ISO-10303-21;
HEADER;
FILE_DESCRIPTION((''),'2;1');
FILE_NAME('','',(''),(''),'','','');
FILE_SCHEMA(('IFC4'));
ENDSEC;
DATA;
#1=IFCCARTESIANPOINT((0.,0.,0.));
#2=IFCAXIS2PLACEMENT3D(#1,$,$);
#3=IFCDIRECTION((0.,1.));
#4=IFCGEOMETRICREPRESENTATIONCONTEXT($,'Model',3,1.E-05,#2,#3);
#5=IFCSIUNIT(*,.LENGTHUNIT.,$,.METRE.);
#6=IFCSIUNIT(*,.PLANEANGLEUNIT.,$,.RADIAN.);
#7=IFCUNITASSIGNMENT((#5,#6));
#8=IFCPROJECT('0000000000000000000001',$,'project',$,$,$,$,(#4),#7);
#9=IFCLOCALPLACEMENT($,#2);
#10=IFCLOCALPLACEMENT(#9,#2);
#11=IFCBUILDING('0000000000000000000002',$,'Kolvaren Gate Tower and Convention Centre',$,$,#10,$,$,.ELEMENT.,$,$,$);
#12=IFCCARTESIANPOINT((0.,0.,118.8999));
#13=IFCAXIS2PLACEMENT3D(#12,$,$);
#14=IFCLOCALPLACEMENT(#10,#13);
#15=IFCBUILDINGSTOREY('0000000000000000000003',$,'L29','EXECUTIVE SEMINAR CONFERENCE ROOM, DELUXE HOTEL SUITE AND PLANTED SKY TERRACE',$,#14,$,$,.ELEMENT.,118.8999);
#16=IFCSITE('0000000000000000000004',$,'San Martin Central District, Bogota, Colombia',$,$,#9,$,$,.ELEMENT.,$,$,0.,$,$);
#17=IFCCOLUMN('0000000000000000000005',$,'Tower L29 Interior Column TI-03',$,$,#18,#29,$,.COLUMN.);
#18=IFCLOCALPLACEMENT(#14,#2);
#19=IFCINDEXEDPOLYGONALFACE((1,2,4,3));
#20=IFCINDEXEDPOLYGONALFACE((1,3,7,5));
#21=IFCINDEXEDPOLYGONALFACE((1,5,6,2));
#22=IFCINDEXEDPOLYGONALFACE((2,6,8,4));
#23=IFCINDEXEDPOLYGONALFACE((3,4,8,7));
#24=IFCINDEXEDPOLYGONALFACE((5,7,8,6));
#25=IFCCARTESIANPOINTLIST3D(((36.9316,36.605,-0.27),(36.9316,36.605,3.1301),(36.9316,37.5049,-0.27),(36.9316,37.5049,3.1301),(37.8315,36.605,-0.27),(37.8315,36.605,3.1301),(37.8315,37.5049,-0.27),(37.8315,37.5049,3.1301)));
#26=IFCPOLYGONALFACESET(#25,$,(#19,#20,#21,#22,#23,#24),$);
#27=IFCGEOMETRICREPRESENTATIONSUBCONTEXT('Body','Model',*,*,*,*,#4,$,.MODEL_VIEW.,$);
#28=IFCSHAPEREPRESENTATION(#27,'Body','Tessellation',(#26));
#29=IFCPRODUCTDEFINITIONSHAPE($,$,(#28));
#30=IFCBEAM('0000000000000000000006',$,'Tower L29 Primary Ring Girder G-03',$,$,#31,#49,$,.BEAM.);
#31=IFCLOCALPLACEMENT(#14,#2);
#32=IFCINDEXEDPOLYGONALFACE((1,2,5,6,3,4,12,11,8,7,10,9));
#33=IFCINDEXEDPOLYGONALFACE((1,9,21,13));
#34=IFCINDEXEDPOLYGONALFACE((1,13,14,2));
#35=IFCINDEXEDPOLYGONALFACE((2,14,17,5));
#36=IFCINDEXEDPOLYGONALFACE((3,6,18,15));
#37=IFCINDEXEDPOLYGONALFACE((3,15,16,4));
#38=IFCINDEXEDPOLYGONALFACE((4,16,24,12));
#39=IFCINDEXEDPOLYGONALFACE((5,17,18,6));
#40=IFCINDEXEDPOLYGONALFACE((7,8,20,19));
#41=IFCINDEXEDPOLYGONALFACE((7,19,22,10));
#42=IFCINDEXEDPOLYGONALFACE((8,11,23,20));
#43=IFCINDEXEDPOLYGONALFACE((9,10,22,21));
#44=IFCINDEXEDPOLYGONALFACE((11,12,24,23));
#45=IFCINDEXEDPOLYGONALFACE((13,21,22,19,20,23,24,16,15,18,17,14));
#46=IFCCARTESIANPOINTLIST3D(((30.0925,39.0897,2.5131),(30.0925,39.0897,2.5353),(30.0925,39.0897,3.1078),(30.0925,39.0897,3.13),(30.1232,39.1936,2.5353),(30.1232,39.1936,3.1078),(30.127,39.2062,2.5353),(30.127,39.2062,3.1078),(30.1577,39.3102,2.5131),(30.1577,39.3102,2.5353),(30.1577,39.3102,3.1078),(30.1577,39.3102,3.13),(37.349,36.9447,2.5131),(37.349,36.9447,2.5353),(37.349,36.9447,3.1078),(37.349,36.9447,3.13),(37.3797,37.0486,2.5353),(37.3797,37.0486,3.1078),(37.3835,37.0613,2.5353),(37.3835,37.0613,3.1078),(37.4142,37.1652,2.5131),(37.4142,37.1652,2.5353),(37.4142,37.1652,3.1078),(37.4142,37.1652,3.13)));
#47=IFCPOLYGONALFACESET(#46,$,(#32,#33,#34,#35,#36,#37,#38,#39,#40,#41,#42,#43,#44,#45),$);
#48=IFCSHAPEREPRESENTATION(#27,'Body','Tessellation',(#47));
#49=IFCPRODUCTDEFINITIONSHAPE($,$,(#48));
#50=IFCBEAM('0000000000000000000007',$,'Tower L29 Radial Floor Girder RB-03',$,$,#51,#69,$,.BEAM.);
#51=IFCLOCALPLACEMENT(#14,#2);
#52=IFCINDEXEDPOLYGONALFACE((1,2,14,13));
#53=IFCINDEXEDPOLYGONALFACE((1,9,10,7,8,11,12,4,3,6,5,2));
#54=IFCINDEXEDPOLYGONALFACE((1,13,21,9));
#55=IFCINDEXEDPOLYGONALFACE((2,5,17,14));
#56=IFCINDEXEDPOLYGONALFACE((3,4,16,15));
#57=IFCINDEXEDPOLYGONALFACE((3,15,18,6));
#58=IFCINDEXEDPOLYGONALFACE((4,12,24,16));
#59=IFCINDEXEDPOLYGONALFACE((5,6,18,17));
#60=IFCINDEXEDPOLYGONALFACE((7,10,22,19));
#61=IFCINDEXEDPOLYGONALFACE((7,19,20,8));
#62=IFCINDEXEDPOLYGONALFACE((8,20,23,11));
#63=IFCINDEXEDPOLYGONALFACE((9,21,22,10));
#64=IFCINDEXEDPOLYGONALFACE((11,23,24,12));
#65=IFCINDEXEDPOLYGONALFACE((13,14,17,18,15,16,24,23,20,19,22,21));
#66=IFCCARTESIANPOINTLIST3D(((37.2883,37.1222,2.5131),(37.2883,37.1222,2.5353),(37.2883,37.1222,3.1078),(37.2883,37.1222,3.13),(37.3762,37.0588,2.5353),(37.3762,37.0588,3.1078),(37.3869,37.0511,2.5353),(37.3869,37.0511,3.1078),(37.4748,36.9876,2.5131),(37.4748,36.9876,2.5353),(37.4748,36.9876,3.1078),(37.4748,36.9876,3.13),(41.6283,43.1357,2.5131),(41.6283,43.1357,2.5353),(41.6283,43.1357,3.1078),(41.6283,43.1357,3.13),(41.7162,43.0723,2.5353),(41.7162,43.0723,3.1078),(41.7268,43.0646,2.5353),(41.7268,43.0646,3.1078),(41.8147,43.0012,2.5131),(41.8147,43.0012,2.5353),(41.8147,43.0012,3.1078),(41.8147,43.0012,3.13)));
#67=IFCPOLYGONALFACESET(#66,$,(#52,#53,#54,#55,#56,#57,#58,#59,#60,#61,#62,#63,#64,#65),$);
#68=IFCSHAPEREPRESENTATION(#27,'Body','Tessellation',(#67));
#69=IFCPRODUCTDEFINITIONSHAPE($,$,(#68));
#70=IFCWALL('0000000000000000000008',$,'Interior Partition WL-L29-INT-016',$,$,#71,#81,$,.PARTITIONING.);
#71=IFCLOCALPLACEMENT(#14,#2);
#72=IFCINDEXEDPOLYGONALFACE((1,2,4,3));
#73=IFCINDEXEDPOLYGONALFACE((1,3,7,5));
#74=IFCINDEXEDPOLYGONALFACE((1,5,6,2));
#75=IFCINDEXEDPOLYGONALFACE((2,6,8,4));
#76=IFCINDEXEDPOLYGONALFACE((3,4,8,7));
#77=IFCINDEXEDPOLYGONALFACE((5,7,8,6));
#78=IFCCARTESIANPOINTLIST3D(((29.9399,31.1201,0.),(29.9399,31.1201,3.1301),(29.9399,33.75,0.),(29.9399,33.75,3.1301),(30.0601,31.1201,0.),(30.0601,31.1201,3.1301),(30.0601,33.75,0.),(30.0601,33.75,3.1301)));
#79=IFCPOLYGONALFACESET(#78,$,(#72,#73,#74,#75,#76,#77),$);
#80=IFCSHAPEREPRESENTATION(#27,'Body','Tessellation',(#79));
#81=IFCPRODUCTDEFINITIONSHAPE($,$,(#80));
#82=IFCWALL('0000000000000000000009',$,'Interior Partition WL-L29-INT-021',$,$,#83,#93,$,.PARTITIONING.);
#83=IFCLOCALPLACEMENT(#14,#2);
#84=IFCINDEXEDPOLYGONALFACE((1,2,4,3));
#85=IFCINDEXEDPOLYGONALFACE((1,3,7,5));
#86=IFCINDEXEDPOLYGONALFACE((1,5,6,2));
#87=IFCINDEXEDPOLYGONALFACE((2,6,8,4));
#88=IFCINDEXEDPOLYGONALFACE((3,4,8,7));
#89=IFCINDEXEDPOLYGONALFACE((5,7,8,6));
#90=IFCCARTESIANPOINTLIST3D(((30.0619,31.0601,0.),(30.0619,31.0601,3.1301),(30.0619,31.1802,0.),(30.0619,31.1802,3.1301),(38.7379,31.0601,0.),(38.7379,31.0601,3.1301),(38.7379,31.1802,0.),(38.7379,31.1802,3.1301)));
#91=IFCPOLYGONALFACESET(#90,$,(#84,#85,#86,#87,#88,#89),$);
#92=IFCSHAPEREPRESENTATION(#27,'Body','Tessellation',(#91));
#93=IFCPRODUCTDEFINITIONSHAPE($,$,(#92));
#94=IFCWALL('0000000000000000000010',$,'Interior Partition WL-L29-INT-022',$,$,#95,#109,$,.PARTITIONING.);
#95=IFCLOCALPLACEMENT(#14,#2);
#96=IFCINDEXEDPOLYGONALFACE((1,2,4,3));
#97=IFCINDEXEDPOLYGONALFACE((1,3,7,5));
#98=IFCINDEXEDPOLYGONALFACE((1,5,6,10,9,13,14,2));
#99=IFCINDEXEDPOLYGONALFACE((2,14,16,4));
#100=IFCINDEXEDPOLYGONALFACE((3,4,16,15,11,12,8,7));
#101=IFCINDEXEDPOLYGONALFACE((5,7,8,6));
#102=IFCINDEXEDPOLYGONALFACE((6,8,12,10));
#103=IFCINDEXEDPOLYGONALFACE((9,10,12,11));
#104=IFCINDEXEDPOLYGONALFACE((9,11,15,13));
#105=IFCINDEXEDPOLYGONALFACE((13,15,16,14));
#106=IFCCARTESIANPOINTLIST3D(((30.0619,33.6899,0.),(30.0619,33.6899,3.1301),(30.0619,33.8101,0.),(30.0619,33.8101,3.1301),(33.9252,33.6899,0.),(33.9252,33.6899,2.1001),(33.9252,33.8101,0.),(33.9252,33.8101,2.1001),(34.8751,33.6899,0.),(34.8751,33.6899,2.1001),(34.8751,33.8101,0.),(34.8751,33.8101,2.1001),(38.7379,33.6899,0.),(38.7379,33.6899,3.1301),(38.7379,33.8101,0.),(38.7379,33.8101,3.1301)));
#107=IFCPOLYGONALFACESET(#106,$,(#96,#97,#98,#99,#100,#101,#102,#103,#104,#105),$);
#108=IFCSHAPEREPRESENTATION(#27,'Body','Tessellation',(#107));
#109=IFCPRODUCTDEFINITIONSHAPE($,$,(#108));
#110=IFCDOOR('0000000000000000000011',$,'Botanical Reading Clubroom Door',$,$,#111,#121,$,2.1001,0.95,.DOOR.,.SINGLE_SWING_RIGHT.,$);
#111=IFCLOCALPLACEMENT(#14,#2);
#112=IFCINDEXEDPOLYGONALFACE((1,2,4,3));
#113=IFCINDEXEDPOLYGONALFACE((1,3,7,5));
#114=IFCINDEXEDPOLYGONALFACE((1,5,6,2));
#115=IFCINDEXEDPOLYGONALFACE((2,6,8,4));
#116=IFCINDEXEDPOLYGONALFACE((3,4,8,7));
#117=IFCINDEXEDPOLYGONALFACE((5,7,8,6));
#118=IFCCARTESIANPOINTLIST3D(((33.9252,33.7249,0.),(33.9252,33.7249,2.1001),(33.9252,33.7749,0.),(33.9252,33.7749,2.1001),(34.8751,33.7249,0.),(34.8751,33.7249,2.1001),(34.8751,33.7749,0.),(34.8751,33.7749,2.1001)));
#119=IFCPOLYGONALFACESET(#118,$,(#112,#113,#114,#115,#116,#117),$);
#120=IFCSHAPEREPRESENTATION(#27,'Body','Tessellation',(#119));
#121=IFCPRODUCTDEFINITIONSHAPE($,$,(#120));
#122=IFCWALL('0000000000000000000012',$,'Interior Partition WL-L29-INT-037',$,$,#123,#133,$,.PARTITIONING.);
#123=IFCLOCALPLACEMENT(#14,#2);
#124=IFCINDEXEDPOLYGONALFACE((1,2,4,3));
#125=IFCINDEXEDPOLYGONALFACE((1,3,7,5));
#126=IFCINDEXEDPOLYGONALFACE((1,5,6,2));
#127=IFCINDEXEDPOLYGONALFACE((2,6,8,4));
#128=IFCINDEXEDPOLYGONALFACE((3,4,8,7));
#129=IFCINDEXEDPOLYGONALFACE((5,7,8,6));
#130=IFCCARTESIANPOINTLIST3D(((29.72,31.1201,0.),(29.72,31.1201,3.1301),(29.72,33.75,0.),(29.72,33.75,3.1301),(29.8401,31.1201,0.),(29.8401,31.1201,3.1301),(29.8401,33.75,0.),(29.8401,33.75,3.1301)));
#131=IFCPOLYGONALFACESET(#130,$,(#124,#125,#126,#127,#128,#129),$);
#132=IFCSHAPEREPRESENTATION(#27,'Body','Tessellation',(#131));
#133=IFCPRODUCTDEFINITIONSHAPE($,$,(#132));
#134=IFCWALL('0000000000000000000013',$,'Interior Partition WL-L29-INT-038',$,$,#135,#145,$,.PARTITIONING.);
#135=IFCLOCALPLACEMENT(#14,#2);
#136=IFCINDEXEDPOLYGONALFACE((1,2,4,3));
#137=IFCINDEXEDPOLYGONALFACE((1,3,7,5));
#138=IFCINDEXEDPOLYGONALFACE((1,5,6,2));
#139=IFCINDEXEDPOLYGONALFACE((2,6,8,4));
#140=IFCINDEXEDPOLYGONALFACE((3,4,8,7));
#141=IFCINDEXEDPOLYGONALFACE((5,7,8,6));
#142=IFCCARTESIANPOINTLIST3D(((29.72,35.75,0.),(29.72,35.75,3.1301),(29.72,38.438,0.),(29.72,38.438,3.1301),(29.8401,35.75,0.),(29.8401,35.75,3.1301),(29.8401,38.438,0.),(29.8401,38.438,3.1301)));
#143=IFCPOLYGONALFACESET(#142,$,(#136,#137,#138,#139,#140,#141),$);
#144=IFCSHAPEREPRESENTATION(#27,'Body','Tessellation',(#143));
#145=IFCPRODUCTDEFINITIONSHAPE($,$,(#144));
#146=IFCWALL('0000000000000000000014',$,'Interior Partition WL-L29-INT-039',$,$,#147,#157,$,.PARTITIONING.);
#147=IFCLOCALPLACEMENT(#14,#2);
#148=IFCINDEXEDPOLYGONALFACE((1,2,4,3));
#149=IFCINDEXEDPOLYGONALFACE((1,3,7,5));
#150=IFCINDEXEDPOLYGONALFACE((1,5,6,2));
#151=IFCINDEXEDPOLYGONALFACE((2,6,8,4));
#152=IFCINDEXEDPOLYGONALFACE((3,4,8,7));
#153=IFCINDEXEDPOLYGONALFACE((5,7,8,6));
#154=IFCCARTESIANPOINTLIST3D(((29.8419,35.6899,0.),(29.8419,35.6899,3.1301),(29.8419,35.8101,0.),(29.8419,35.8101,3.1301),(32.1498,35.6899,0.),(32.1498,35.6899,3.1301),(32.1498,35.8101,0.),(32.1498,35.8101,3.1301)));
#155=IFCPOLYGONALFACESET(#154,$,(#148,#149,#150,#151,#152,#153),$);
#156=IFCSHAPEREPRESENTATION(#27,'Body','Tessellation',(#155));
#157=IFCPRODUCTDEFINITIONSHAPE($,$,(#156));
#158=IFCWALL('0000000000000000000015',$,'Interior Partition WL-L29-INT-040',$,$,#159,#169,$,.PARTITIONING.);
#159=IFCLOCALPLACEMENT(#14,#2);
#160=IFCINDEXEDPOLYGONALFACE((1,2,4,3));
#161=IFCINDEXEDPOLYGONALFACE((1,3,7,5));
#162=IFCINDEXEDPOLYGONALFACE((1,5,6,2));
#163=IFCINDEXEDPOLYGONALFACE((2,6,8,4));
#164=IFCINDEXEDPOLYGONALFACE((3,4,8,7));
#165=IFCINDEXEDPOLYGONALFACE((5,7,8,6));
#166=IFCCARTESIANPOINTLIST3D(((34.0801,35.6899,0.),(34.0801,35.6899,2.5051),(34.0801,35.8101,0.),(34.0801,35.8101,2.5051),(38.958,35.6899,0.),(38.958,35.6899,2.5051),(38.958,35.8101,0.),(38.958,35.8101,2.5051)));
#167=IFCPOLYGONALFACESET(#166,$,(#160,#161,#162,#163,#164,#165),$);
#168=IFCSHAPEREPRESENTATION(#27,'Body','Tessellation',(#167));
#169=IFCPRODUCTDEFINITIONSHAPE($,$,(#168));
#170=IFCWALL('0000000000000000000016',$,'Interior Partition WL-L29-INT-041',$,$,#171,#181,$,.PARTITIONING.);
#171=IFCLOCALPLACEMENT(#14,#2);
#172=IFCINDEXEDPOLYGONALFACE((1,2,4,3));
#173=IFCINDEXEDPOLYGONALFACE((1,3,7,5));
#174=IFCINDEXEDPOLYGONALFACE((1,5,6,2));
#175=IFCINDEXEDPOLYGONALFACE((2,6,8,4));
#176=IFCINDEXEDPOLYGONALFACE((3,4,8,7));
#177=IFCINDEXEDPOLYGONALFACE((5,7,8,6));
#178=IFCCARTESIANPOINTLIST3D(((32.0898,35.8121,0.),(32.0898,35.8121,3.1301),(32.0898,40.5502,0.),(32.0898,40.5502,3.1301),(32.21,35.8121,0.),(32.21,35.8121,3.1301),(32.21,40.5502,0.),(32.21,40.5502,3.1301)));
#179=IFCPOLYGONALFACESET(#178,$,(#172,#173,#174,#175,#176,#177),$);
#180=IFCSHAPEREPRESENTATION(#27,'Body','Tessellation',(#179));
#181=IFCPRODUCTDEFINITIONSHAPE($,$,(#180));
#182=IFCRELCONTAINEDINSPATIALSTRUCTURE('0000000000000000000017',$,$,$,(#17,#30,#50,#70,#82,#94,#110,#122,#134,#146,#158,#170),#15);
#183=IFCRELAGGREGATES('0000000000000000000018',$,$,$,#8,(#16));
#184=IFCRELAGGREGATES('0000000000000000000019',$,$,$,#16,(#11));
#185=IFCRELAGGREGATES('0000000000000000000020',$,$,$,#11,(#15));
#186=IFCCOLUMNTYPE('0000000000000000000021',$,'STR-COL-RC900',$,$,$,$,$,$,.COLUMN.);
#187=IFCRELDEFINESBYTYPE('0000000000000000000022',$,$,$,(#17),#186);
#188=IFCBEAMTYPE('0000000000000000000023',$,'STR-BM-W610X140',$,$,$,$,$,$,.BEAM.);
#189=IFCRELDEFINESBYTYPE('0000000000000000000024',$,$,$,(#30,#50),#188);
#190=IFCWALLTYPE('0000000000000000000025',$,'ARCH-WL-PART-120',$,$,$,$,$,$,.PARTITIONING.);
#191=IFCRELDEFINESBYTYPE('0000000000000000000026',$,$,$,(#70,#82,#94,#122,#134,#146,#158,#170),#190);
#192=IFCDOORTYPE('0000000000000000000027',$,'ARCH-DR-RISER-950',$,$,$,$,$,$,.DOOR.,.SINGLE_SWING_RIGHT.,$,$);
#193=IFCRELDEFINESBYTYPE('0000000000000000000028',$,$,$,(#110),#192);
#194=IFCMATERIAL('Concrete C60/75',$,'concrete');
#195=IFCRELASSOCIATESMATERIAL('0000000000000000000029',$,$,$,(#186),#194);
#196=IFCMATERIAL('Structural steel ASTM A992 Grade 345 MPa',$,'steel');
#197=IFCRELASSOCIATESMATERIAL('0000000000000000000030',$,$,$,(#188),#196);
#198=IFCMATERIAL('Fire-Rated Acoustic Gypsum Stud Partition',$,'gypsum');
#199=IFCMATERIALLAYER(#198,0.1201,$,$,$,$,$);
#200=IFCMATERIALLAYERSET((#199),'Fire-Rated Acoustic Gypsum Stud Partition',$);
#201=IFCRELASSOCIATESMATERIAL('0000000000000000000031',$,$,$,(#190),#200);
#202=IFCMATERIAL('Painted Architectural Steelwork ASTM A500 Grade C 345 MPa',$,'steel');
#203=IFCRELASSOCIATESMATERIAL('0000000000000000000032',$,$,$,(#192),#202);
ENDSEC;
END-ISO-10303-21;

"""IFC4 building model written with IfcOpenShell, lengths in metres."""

from ifc_helpers import new_model, si_unit, direction, frame, frame_2d, origin, origin_2d, place, context, subcontext, project, spatial, rectangle, i_section, extrude, material, layer, layer_set, material_profile, profile_set, type_object, element, fill, save


model = new_model("IFC4")

# Units and contexts
model_context = context("Model", 3, precision=1e-05, world=origin(), true_north=direction((0.0, 1.0)))
body_context = subcontext(model_context, "Body", "Model", "MODEL_VIEW")
ifc_project = project(units=[si_unit("LENGTHUNIT", "METRE"), si_unit("PLANEANGLEUNIT", "RADIAN")], contexts=[model_context])

# Site, building, storey
site_placement = place(None, origin())
site = spatial("IfcSite", under=ifc_project, at=site_placement, Name="San Martin Central District, Bogota, Colombia", CompositionType="ELEMENT", RefElevation=0.0)
building_placement = place(site_placement, origin())
building = spatial("IfcBuilding", under=site, at=building_placement, Name="Kolvaren Gate Tower and Convention Centre", CompositionType="ELEMENT")
storey_placement = place(building_placement, frame((0.0, 0.0, 118.8999)))
storey = spatial("IfcBuildingStorey", under=building, at=storey_placement, Name="L29", Description="EXECUTIVE SEMINAR CONFERENCE ROOM, DELUXE HOTEL SUITE AND PLANTED SKY TERRACE", CompositionType="ELEMENT", Elevation=118.8999)

# Column
ifc_material_1 = material(Name="Concrete C60/75", Category="concrete")
ifc_material_profile_1 = material_profile(ifc_material_1, rectangle(XDim=0.8999, YDim=0.8999, at=origin_2d()), Name="RC-COL-900X900")
ifc_profile_set_1 = profile_set([ifc_material_profile_1], Name="Concrete C60/75")
column_type = type_object("IfcColumnType", Name="STR-COL-RC900", PredefinedType="COLUMN", material=ifc_profile_set_1)
column_placement = place(storey_placement, frame((37.3816, 37.0549, -0.27), z_axis=(0.0, 0.0, 1.0), x_axis=(1.0, 0.0, 0.0)))
element("IfcColumn", 1, at=column_placement, inside=storey, type_object=column_type, Name="Tower L29 Interior Column TI-03", PredefinedType="COLUMN", context=body_context, shape_type="SweptSolid", body=[
    extrude(rectangle(XDim=0.8999, YDim=0.8999, at=origin_2d()), origin(), (0.0, 0.0, 1.0), 3.4001),
])

# Beams
ifc_material_2 = material(Name="Structural steel ASTM A992 Grade 345 MPa", Category="steel")
ifc_material_profile_2 = material_profile(ifc_material_2, i_section(OverallWidth=0.23, OverallDepth=0.6169, WebThickness=0.0132, FlangeThickness=0.0222, at=origin_2d()), Name="W610X140")
ifc_profile_set_2 = profile_set([ifc_material_profile_2], Name="Structural steel ASTM A992 Grade 345 MPa")
beam_type = type_object("IfcBeamType", Name="STR-BM-W610X140", PredefinedType="BEAM", material=ifc_profile_set_2)
beam_1_placement = place(storey_placement, frame((37.3816, 37.0549, 2.8215), z_axis=(-0.958981, 0.283471, 0.0), x_axis=(-0.283471, -0.958981, 0.0)))
element("IfcBeam", 2, at=beam_1_placement, inside=storey, type_object=beam_type, Name="Tower L29 Primary Ring Girder G-03", PredefinedType="BEAM", context=body_context, shape_type="SweptSolid", body=[
    extrude(i_section(OverallWidth=0.23, OverallDepth=0.6169, WebThickness=0.0132, FlangeThickness=0.0222, at=origin_2d()), origin(), (0.0, 0.0, 1.0), 7.5669),
])
beam_2_placement = place(storey_placement, frame((37.3816, 37.0549, 2.8215), z_axis=(0.585208, 0.810883, 0.0), x_axis=(-0.810883, 0.585208, 0.0)))
element("IfcBeam", 3, at=beam_2_placement, inside=storey, type_object=beam_type, Name="Tower L29 Radial Floor Girder RB-03", PredefinedType="BEAM", context=body_context, shape_type="SweptSolid", body=[
    extrude(i_section(OverallWidth=0.23, OverallDepth=0.6169, WebThickness=0.0132, FlangeThickness=0.0222, at=origin_2d()), origin(), (0.0, 0.0, 1.0), 7.416),
])

# Walls
ifc_material_3 = material(Name="Fire-Rated Acoustic Gypsum Stud Partition", Category="gypsum")
ifc_layer_1 = layer(ifc_material_3, 0.1201)
ifc_layer_set_1 = layer_set([ifc_layer_1], Name="Fire-Rated Acoustic Gypsum Stud Partition")
wall_type_1 = type_object("IfcWallType", Name="ARCH-WL-PART-120", PredefinedType="PARTITIONING", material=ifc_layer_set_1)
wall_1_placement = place(storey_placement, frame((30.0, 31.1201, 0.0), z_axis=(0.0, 0.0, 1.0), x_axis=(0.0, 1.0, 0.0)))
element("IfcWall", 4, at=wall_1_placement, inside=storey, type_object=wall_type_1, Name="Interior Partition WL-L29-INT-016", PredefinedType="PARTITIONING", context=body_context, shape_type="SweptSolid", body=[
    extrude(rectangle(XDim=2.6299, YDim=0.1201, at=frame_2d((1.3149, 0.0))), origin(), (0.0, 0.0, 1.0), 3.1301),
])
wall_2_placement = place(storey_placement, frame((30.062, 31.1201, 0.0), z_axis=(0.0, 0.0, 1.0), x_axis=(1.0, 0.0, 0.0)))
element("IfcWall", 5, at=wall_2_placement, inside=storey, type_object=wall_type_1, Name="Interior Partition WL-L29-INT-021", PredefinedType="PARTITIONING", context=body_context, shape_type="SweptSolid", body=[
    extrude(rectangle(XDim=8.676, YDim=0.1201, at=frame_2d((4.3379, 0.0))), origin(), (0.0, 0.0, 1.0), 3.1301),
])

# Wall, opening, door
wall_3_placement = place(storey_placement, frame((30.062, 33.75, 0.0), z_axis=(0.0, 0.0, 1.0), x_axis=(1.0, 0.0, 0.0)))
wall_3 = element("IfcWall", 6, at=wall_3_placement, inside=storey, type_object=wall_type_1, Name="Interior Partition WL-L29-INT-022", PredefinedType="PARTITIONING", context=body_context, shape_type="SweptSolid", body=[
    extrude(rectangle(XDim=8.676, YDim=0.1201, at=frame_2d((4.3379, 0.0))), origin(), (0.0, 0.0, 1.0), 3.1301),
])
opening_1_placement = place(wall_3_placement, frame((3.863, 0.0, 0.0)))
opening_1 = element("IfcOpeningElement", 7, at=opening_1_placement, cuts=wall_3, PredefinedType="OPENING", context=body_context, shape_type="SweptSolid", body=[
    extrude(rectangle(XDim=0.95, YDim=2.1001, at=frame_2d((0.4751, 1.05))), frame((0.0, 0.0701, 0.0), z_axis=(0.0, -1.0, 0.0), x_axis=(1.0, 0.0, 0.0)), (0.0, 0.0, 1.0), 0.1401),
])
ifc_material_4 = material(Name="Painted Architectural Steelwork ASTM A500 Grade C 345 MPa", Category="steel")
door_type_1 = type_object("IfcDoorType", Name="ARCH-DR-RISER-950", OperationType="SINGLE_SWING_RIGHT", PredefinedType="DOOR", material=ifc_material_4)
door_1_placement = place(opening_1_placement, origin())
door_1 = element("IfcDoor", 8, at=door_1_placement, inside=storey, type_object=door_type_1, Name="Botanical Reading Clubroom Door", OperationType="SINGLE_SWING_RIGHT", OverallHeight=2.1001, OverallWidth=0.95, PredefinedType="DOOR", context=body_context, shape_type="SweptSolid", body=[
    extrude(rectangle(XDim=0.95, YDim=2.1001, at=frame_2d((0.4751, 1.05))), frame((0.0, 0.0249, 0.0), z_axis=(0.0, -1.0, 0.0), x_axis=(1.0, 0.0, 0.0)), (0.0, 0.0, 1.0), 0.05),
])
fill(opening_1, door_1)

# Walls
wall_4_placement = place(storey_placement, frame((29.78, 31.1201, 0.0), z_axis=(0.0, 0.0, 1.0), x_axis=(0.0, 1.0, 0.0)))
element("IfcWall", 9, at=wall_4_placement, inside=storey, type_object=wall_type_1, Name="Interior Partition WL-L29-INT-037", PredefinedType="PARTITIONING", context=body_context, shape_type="SweptSolid", body=[
    extrude(rectangle(XDim=2.6299, YDim=0.1201, at=frame_2d((1.3149, 0.0))), origin(), (0.0, 0.0, 1.0), 3.1301),
])
wall_5_placement = place(storey_placement, frame((29.78, 35.75, 0.0), z_axis=(0.0, 0.0, 1.0), x_axis=(0.0, 1.0, 0.0)))
element("IfcWall", 10, at=wall_5_placement, inside=storey, type_object=wall_type_1, Name="Interior Partition WL-L29-INT-038", PredefinedType="PARTITIONING", context=body_context, shape_type="SweptSolid", body=[
    extrude(rectangle(XDim=2.688, YDim=0.1201, at=frame_2d((1.344, 0.0))), origin(), (0.0, 0.0, 1.0), 3.1301),
])
wall_6_placement = place(storey_placement, frame((29.842, 35.75, 0.0), z_axis=(0.0, 0.0, 1.0), x_axis=(1.0, 0.0, 0.0)))
element("IfcWall", 11, at=wall_6_placement, inside=storey, type_object=wall_type_1, Name="Interior Partition WL-L29-INT-039", PredefinedType="PARTITIONING", context=body_context, shape_type="SweptSolid", body=[
    extrude(rectangle(XDim=2.3079, YDim=0.1201, at=frame_2d((1.1538, 0.0))), origin(), (0.0, 0.0, 1.0), 3.1301),
])
wall_7_placement = place(storey_placement, frame((34.0801, 35.75, 0.0), z_axis=(0.0, 0.0, 1.0), x_axis=(1.0, 0.0, 0.0)))
element("IfcWall", 12, at=wall_7_placement, inside=storey, type_object=wall_type_1, Name="Interior Partition WL-L29-INT-040", PredefinedType="PARTITIONING", context=body_context, shape_type="SweptSolid", body=[
    extrude(rectangle(XDim=4.8779, YDim=0.1201, at=frame_2d((2.439, 0.0))), origin(), (0.0, 0.0, 1.0), 2.5051),
])
wall_8_placement = place(storey_placement, frame((32.1499, 35.812, 0.0), z_axis=(0.0, 0.0, 1.0), x_axis=(0.0, 1.0, 0.0)))
element("IfcWall", 13, at=wall_8_placement, inside=storey, type_object=wall_type_1, Name="Interior Partition WL-L29-INT-041", PredefinedType="PARTITIONING", context=body_context, shape_type="SweptSolid", body=[
    extrude(rectangle(XDim=4.738, YDim=0.1201, at=frame_2d((2.3691, 0.0))), origin(), (0.0, 0.0, 1.0), 3.1301),
])

save(model, "model.ifc")
